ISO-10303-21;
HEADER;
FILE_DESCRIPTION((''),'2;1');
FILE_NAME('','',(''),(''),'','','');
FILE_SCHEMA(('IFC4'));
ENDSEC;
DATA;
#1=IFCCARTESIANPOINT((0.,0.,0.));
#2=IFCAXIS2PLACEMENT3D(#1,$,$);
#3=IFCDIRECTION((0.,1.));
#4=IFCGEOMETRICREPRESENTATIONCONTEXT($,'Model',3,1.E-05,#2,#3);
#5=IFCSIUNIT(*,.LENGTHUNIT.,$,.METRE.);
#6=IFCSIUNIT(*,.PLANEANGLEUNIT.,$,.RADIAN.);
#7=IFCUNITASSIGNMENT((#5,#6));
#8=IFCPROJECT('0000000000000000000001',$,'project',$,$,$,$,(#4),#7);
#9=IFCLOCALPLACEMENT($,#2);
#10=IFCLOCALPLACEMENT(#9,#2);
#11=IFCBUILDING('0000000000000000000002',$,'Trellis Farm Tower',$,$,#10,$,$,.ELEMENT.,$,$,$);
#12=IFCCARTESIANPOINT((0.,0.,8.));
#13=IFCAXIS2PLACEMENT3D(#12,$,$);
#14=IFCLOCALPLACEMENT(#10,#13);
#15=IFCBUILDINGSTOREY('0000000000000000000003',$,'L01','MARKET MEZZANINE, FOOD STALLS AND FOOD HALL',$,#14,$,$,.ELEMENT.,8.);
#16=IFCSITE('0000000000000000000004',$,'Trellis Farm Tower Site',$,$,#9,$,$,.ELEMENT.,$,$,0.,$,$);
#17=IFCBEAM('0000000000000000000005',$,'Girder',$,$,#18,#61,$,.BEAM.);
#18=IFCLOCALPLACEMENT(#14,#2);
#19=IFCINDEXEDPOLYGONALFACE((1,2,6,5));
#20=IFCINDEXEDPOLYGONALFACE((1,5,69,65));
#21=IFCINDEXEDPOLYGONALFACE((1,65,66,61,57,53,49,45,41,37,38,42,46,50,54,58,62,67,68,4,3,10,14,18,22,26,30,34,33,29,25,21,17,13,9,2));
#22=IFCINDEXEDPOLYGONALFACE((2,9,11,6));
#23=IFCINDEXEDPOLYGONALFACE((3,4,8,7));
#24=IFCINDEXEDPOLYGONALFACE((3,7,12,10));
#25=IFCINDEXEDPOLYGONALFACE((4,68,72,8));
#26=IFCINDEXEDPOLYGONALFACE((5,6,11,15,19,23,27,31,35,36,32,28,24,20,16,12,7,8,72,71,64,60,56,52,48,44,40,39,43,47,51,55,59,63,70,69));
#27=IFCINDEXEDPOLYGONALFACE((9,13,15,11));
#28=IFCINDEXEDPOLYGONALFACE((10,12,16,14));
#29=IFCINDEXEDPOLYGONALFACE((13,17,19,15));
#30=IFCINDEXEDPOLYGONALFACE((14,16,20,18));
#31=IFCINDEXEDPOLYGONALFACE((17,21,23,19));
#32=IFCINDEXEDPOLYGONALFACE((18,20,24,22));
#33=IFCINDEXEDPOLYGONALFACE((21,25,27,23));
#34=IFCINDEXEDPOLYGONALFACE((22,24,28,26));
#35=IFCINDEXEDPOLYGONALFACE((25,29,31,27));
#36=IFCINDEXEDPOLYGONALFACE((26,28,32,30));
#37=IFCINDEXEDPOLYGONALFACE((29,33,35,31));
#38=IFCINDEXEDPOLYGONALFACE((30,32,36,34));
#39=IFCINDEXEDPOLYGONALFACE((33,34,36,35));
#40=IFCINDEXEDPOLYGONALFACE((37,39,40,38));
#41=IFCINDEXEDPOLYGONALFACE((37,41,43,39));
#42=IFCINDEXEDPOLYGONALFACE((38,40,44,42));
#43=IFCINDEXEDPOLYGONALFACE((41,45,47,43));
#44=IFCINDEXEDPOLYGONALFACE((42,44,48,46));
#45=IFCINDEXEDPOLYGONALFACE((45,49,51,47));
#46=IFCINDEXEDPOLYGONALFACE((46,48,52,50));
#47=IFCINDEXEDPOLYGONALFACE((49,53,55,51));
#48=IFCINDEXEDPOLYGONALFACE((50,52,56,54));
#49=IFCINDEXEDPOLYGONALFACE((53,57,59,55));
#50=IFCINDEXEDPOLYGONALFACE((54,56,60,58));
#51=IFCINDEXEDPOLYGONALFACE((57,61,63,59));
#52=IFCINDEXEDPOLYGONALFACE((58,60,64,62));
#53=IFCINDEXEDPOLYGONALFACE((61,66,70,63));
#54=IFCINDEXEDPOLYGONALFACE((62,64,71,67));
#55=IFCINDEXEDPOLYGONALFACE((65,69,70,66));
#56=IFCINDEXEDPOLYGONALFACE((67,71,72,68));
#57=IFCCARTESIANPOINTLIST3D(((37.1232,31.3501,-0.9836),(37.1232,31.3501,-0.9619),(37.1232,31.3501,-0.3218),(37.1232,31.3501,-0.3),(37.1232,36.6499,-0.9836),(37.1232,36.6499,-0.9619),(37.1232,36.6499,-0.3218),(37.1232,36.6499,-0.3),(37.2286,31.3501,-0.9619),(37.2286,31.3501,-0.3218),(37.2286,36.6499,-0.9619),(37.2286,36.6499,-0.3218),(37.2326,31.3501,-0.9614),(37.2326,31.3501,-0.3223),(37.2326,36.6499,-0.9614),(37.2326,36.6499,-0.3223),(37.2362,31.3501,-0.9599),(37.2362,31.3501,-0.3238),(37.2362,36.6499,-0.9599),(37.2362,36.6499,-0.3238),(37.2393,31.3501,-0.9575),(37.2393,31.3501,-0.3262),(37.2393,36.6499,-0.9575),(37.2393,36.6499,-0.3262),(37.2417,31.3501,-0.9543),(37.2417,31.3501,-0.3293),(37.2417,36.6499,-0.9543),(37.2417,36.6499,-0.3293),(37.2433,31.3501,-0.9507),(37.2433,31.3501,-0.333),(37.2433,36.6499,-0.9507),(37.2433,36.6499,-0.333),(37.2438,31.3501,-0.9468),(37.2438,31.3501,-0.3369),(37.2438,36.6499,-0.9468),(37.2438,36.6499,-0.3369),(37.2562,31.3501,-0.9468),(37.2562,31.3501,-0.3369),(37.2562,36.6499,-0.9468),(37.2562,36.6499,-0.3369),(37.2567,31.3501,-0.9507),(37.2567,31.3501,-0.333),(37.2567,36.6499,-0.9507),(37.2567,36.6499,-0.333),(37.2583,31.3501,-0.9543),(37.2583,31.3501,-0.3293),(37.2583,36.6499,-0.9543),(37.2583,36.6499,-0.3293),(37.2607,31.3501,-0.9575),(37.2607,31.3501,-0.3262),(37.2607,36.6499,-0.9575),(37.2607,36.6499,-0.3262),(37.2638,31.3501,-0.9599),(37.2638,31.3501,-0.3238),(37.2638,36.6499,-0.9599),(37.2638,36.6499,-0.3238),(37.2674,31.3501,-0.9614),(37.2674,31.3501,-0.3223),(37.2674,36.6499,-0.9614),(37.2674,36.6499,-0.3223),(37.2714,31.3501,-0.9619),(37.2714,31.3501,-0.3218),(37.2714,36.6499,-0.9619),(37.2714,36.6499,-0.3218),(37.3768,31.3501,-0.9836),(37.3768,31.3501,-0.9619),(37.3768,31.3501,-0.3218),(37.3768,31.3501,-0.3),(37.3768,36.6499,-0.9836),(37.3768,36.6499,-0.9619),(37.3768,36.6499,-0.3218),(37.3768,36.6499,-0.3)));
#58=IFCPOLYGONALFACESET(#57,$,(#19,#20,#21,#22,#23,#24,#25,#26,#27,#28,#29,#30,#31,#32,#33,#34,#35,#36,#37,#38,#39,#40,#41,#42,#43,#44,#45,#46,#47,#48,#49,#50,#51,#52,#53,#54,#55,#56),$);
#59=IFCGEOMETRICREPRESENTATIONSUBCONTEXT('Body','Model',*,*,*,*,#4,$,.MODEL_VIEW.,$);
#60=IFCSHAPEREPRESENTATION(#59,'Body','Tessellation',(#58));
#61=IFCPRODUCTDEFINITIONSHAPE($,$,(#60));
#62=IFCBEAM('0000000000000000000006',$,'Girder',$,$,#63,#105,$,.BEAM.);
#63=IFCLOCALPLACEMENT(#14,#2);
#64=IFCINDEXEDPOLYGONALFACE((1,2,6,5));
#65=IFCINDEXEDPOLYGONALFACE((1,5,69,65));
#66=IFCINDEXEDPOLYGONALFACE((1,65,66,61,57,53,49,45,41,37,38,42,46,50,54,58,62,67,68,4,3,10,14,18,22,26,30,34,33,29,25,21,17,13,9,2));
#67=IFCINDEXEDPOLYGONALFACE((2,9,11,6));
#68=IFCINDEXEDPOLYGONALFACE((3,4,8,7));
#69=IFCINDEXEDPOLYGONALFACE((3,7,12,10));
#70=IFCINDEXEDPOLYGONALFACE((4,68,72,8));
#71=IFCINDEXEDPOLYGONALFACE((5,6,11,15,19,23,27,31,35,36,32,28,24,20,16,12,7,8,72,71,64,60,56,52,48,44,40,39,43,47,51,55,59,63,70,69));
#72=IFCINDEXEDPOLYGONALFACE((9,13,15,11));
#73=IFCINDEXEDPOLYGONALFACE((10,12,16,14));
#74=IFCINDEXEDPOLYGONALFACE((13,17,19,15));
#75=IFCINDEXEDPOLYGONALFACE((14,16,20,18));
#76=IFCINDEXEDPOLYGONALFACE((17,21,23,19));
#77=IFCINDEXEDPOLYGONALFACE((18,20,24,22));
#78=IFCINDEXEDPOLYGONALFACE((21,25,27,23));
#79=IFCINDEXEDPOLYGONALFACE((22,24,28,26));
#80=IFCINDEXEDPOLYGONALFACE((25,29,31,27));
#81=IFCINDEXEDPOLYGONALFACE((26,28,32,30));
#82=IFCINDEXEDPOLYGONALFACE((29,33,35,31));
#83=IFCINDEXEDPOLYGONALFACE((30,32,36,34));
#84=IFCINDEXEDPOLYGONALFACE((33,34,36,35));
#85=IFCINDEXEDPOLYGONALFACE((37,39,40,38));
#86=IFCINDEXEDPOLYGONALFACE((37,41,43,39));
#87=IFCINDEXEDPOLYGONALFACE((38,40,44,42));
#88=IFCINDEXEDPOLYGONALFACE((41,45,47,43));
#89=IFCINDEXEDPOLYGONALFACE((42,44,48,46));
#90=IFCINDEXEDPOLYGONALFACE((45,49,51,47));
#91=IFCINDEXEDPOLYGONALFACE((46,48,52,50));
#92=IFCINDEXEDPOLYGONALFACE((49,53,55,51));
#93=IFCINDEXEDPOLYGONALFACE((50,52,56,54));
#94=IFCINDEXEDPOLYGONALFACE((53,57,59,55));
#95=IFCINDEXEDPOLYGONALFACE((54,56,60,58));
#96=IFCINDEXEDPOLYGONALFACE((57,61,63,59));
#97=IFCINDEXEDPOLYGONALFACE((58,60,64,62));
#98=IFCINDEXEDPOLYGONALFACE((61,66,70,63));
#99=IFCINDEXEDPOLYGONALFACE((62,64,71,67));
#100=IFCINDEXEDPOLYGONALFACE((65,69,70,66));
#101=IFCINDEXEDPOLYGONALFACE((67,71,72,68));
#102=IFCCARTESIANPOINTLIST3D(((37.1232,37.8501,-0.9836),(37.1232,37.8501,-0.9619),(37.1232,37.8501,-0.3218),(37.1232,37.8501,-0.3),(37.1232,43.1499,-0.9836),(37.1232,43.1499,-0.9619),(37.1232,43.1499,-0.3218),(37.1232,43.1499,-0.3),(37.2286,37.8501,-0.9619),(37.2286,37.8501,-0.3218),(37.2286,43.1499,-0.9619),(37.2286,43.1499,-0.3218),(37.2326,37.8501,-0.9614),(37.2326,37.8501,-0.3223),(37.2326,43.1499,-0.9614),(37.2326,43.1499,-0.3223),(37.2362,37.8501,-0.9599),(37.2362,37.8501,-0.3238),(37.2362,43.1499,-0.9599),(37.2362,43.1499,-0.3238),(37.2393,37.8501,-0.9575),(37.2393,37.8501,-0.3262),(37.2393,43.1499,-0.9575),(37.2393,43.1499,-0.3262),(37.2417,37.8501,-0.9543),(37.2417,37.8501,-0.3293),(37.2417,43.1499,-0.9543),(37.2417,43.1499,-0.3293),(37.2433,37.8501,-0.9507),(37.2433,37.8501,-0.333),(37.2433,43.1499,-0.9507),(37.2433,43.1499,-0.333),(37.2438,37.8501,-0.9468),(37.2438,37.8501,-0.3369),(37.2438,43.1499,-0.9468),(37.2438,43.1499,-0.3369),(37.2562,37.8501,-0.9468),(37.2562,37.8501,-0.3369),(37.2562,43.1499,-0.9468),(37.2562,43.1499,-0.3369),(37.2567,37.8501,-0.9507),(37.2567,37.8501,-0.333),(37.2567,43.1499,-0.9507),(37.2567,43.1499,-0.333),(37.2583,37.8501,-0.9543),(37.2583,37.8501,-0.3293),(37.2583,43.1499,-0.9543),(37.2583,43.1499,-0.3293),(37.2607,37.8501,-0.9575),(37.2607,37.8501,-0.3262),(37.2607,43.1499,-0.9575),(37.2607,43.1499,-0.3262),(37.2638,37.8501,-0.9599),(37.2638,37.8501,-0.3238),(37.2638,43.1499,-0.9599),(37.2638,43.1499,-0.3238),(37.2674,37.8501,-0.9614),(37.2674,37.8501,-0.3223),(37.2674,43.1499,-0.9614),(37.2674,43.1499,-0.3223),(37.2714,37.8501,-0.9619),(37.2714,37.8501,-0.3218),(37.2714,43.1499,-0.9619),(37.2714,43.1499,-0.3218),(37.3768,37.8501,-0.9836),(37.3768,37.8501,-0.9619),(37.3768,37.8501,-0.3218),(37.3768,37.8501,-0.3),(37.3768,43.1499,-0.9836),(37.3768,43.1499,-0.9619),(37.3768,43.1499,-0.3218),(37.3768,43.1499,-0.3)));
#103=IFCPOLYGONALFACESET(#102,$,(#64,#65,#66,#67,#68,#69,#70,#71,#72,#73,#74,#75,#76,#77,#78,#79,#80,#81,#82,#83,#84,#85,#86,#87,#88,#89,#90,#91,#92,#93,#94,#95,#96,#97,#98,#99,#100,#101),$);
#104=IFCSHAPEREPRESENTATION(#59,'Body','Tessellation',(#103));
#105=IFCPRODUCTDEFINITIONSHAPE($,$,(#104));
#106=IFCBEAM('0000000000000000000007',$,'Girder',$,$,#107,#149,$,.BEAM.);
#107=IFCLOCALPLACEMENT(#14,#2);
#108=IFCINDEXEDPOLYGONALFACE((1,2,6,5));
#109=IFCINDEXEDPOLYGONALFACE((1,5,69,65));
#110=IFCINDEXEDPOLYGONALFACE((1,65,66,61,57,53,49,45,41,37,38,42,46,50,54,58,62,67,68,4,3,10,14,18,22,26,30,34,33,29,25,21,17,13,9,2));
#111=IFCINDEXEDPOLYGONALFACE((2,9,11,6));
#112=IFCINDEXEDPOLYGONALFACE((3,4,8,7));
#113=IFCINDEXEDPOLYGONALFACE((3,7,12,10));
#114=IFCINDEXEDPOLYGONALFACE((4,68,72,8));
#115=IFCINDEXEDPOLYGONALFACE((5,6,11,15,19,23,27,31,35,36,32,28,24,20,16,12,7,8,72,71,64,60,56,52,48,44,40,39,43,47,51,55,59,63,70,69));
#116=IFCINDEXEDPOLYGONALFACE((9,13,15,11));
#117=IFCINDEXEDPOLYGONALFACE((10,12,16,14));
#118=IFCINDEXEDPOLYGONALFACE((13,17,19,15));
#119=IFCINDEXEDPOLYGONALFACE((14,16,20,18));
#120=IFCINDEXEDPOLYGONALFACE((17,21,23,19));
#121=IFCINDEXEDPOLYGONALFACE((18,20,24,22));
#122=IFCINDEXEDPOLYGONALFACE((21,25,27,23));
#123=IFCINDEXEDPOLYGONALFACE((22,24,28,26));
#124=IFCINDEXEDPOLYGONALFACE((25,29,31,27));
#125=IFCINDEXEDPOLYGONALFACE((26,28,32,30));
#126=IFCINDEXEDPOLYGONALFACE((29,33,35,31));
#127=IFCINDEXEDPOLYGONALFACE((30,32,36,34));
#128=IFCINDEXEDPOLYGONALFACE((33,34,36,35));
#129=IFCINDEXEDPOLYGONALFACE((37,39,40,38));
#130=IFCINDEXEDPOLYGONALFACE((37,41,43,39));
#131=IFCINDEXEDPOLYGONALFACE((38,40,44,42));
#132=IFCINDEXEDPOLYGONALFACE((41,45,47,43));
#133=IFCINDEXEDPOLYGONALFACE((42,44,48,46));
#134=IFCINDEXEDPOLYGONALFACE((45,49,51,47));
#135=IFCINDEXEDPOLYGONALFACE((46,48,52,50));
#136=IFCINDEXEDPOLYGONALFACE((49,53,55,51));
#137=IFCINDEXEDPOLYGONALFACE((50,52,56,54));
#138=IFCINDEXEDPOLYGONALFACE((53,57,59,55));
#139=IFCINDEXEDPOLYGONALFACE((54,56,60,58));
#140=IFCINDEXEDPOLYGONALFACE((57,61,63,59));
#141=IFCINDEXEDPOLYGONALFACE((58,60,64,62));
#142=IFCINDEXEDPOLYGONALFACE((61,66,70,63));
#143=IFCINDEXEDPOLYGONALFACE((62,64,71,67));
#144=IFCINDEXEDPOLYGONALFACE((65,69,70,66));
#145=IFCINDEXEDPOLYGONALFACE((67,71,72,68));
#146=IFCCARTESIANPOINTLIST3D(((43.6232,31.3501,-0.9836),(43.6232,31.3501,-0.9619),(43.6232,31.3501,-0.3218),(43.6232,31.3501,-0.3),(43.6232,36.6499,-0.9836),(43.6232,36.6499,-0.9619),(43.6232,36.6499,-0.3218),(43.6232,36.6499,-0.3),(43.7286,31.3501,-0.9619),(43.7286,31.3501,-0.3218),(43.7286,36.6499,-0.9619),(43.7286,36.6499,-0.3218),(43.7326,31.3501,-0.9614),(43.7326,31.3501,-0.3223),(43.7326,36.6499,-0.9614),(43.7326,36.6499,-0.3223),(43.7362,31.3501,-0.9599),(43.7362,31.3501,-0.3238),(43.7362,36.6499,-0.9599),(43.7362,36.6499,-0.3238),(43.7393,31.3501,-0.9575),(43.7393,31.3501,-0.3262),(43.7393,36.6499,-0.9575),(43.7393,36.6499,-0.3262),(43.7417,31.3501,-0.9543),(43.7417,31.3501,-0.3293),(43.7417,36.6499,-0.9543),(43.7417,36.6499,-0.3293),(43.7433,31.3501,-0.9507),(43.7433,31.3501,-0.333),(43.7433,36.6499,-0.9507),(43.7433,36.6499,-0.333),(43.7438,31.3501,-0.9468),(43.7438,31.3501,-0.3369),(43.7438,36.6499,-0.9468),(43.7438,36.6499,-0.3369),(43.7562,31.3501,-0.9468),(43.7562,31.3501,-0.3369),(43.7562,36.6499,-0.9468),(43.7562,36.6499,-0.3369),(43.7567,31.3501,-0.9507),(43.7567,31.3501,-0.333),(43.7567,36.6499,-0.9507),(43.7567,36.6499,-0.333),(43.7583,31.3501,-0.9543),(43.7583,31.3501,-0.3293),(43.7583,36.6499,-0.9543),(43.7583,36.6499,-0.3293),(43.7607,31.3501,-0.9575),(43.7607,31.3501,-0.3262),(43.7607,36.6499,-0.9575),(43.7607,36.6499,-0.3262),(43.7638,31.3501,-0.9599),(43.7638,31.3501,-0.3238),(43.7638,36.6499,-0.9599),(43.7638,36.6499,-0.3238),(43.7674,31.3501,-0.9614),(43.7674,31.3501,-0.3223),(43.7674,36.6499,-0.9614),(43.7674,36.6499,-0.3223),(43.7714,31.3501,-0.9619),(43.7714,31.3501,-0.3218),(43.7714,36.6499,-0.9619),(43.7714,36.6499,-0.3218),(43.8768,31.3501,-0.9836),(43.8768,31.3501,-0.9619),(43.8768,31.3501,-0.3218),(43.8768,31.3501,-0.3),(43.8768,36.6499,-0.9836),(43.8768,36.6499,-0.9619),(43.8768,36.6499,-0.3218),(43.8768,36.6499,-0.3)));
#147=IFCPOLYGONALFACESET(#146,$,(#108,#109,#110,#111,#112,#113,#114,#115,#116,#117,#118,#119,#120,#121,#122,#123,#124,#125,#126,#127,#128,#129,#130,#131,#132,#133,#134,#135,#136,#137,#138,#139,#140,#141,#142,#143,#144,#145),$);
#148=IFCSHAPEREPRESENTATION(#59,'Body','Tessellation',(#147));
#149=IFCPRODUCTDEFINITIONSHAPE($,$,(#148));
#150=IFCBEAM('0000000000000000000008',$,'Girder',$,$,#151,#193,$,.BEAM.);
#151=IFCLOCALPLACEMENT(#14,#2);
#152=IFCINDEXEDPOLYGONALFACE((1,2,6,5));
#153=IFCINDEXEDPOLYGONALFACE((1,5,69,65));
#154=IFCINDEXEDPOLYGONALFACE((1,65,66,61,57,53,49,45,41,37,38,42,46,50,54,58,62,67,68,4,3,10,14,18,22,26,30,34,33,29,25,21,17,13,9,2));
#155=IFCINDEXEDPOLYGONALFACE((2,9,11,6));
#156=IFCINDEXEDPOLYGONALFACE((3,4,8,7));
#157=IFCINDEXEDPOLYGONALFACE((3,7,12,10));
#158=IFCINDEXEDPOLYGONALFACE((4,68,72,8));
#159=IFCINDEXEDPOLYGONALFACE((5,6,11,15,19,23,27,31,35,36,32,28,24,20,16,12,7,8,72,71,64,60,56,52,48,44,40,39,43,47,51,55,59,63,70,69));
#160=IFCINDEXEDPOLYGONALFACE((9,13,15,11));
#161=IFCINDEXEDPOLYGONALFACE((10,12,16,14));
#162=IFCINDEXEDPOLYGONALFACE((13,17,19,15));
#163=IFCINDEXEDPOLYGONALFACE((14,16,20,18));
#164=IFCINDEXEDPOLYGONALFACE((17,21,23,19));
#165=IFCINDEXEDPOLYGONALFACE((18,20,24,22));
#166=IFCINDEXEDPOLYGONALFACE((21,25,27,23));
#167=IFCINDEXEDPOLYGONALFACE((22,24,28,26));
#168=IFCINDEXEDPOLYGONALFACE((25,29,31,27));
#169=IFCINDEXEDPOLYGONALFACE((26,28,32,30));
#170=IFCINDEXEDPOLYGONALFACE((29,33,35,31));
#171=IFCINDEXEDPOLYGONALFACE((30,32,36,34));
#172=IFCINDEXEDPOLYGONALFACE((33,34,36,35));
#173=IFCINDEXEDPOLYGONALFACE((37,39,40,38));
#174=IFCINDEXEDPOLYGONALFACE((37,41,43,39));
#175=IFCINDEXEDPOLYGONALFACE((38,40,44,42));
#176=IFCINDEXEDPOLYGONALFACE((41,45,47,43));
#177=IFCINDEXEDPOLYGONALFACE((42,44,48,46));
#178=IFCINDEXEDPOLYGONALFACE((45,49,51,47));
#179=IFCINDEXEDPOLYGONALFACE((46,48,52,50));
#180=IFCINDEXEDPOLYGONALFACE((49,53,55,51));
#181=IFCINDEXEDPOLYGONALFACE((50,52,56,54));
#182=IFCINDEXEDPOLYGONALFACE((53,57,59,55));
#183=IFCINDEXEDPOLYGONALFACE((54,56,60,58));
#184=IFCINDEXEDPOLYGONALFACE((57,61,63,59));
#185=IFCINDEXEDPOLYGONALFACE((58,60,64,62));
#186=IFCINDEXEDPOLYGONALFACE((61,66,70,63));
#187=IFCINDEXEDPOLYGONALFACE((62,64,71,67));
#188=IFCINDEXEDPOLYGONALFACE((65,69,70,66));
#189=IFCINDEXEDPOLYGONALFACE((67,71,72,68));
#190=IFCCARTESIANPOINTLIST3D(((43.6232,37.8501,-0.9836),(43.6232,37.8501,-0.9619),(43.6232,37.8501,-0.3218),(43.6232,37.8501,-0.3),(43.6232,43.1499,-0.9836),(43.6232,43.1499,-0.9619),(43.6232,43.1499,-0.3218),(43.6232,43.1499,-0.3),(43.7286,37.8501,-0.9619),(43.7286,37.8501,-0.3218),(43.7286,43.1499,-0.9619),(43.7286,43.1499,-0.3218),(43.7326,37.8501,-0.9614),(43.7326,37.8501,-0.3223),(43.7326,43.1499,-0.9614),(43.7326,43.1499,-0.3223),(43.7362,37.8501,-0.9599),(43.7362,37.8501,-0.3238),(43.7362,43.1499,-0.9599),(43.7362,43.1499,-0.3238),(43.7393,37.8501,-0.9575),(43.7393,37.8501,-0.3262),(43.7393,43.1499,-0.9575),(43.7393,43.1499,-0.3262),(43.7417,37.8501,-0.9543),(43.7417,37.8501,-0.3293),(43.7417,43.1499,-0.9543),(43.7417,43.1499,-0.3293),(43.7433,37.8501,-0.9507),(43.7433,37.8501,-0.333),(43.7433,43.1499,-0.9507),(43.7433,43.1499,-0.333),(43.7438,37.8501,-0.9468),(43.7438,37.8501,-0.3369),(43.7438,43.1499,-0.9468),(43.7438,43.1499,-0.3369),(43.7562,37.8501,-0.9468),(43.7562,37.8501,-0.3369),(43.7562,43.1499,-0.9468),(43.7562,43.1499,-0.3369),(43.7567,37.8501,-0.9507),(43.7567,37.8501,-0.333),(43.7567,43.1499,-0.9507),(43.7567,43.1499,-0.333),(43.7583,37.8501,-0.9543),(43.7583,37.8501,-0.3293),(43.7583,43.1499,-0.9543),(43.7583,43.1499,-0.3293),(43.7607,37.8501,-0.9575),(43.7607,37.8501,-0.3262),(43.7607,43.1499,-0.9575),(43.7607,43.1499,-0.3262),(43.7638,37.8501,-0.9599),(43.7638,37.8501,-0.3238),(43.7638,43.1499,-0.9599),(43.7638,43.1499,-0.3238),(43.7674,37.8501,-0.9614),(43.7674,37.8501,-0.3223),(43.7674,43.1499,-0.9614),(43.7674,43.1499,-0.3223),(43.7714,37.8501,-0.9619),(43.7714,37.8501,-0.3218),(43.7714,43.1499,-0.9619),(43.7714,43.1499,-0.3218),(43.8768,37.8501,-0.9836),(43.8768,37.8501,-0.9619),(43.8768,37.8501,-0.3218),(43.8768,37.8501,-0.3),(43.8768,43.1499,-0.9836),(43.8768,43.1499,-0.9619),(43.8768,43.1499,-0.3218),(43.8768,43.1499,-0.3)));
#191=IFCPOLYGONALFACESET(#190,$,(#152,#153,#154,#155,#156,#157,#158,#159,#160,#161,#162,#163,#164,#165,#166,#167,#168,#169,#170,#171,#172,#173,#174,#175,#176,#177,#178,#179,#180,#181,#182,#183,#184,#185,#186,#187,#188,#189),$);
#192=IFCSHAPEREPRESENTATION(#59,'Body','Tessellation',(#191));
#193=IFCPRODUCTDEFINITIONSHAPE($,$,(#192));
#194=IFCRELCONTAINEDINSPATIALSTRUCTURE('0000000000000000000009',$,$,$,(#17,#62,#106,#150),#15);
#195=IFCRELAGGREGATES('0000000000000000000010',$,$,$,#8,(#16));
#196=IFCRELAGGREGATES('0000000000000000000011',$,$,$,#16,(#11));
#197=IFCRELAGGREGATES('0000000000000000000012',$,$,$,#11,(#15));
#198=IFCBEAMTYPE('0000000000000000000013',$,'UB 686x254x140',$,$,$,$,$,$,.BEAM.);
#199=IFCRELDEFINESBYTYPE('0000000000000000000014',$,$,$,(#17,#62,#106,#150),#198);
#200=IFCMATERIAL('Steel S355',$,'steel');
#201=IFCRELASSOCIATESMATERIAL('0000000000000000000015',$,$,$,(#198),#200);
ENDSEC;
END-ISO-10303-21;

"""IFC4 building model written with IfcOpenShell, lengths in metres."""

from ifc_helpers import new_model, si_unit, direction, frame, origin, origin_2d, place, context, subcontext, project, spatial, i_section, extrude, source, transform, mapped, material, material_profile, profile_set, type_object, element, save


model = new_model("IFC4")

# Units and contexts
model_context = context("Model", 3, precision=1e-05, world=origin(), true_north=direction((0.0, 1.0)))
body_context = subcontext(model_context, "Body", "Model", "MODEL_VIEW")
ifc_project = project(units=[si_unit("LENGTHUNIT", "METRE"), si_unit("PLANEANGLEUNIT", "RADIAN")], contexts=[model_context])

# Site, building, storey
site_placement = place(None, origin())
site = spatial("IfcSite", under=ifc_project, at=site_placement, Name="Trellis Farm Tower Site", CompositionType="ELEMENT", RefElevation=0.0)
building_placement = place(site_placement, origin())
building = spatial("IfcBuilding", under=site, at=building_placement, Name="Trellis Farm Tower", CompositionType="ELEMENT")
storey_placement = place(building_placement, frame((0.0, 0.0, 8.0)))
storey = spatial("IfcBuildingStorey", under=building, at=storey_placement, Name="L01", Description="MARKET MEZZANINE, FOOD STALLS AND FOOD HALL", CompositionType="ELEMENT", Elevation=8.0)

# Beams
ifc_material_1 = material(Name="Steel S355", Category="steel")
ifc_material_profile_1 = material_profile(ifc_material_1, i_section(OverallWidth=0.2537, OverallDepth=0.6836, WebThickness=0.0125, FlangeThickness=0.0217, FilletRadius=0.0151, at=origin_2d()), Name="UB 686x254x140")
ifc_profile_set_1 = profile_set([ifc_material_profile_1], Name="Steel S355")
beam_type_1 = type_object("IfcBeamType", Name="UB 686x254x140", PredefinedType="BEAM", material=ifc_profile_set_1)
shared_shape_1 = source(origin(), body_context, "Body", "SweptSolid", [
    extrude(i_section(OverallWidth=0.2537, OverallDepth=0.6836, WebThickness=0.0125, FlangeThickness=0.0217, FilletRadius=0.0151, at=origin_2d()), origin(), (0.0, 0.0, 1.0), 5.2998),
])
for number, where, z_axis, x_axis, name in (
    (1, (37.25, 31.3501, -0.6418), (0.0, 1.0, 0.0), (-1.0, 0.0, 0.0), "Girder"),
    (2, (37.25, 37.8501, -0.6418), (0.0, 1.0, 0.0), (-1.0, 0.0, 0.0), "Girder"),
    (3, (43.75, 31.3501, -0.6418), (0.0, 1.0, 0.0), (-1.0, 0.0, 0.0), "Girder"),
    (4, (43.75, 37.8501, -0.6418), (0.0, 1.0, 0.0), (-1.0, 0.0, 0.0), "Girder"),
):
    element("IfcBeam", number, at=place(storey_placement, frame(where, z_axis=z_axis, x_axis=x_axis)), inside=storey, type_object=beam_type_1, Name=name, PredefinedType="BEAM", context=body_context, shape_type="MappedRepresentation", body=[
        mapped(shared_shape_1, transform((0.0, 0.0, 0.0))),
    ])

save(model, "model.ifc")
